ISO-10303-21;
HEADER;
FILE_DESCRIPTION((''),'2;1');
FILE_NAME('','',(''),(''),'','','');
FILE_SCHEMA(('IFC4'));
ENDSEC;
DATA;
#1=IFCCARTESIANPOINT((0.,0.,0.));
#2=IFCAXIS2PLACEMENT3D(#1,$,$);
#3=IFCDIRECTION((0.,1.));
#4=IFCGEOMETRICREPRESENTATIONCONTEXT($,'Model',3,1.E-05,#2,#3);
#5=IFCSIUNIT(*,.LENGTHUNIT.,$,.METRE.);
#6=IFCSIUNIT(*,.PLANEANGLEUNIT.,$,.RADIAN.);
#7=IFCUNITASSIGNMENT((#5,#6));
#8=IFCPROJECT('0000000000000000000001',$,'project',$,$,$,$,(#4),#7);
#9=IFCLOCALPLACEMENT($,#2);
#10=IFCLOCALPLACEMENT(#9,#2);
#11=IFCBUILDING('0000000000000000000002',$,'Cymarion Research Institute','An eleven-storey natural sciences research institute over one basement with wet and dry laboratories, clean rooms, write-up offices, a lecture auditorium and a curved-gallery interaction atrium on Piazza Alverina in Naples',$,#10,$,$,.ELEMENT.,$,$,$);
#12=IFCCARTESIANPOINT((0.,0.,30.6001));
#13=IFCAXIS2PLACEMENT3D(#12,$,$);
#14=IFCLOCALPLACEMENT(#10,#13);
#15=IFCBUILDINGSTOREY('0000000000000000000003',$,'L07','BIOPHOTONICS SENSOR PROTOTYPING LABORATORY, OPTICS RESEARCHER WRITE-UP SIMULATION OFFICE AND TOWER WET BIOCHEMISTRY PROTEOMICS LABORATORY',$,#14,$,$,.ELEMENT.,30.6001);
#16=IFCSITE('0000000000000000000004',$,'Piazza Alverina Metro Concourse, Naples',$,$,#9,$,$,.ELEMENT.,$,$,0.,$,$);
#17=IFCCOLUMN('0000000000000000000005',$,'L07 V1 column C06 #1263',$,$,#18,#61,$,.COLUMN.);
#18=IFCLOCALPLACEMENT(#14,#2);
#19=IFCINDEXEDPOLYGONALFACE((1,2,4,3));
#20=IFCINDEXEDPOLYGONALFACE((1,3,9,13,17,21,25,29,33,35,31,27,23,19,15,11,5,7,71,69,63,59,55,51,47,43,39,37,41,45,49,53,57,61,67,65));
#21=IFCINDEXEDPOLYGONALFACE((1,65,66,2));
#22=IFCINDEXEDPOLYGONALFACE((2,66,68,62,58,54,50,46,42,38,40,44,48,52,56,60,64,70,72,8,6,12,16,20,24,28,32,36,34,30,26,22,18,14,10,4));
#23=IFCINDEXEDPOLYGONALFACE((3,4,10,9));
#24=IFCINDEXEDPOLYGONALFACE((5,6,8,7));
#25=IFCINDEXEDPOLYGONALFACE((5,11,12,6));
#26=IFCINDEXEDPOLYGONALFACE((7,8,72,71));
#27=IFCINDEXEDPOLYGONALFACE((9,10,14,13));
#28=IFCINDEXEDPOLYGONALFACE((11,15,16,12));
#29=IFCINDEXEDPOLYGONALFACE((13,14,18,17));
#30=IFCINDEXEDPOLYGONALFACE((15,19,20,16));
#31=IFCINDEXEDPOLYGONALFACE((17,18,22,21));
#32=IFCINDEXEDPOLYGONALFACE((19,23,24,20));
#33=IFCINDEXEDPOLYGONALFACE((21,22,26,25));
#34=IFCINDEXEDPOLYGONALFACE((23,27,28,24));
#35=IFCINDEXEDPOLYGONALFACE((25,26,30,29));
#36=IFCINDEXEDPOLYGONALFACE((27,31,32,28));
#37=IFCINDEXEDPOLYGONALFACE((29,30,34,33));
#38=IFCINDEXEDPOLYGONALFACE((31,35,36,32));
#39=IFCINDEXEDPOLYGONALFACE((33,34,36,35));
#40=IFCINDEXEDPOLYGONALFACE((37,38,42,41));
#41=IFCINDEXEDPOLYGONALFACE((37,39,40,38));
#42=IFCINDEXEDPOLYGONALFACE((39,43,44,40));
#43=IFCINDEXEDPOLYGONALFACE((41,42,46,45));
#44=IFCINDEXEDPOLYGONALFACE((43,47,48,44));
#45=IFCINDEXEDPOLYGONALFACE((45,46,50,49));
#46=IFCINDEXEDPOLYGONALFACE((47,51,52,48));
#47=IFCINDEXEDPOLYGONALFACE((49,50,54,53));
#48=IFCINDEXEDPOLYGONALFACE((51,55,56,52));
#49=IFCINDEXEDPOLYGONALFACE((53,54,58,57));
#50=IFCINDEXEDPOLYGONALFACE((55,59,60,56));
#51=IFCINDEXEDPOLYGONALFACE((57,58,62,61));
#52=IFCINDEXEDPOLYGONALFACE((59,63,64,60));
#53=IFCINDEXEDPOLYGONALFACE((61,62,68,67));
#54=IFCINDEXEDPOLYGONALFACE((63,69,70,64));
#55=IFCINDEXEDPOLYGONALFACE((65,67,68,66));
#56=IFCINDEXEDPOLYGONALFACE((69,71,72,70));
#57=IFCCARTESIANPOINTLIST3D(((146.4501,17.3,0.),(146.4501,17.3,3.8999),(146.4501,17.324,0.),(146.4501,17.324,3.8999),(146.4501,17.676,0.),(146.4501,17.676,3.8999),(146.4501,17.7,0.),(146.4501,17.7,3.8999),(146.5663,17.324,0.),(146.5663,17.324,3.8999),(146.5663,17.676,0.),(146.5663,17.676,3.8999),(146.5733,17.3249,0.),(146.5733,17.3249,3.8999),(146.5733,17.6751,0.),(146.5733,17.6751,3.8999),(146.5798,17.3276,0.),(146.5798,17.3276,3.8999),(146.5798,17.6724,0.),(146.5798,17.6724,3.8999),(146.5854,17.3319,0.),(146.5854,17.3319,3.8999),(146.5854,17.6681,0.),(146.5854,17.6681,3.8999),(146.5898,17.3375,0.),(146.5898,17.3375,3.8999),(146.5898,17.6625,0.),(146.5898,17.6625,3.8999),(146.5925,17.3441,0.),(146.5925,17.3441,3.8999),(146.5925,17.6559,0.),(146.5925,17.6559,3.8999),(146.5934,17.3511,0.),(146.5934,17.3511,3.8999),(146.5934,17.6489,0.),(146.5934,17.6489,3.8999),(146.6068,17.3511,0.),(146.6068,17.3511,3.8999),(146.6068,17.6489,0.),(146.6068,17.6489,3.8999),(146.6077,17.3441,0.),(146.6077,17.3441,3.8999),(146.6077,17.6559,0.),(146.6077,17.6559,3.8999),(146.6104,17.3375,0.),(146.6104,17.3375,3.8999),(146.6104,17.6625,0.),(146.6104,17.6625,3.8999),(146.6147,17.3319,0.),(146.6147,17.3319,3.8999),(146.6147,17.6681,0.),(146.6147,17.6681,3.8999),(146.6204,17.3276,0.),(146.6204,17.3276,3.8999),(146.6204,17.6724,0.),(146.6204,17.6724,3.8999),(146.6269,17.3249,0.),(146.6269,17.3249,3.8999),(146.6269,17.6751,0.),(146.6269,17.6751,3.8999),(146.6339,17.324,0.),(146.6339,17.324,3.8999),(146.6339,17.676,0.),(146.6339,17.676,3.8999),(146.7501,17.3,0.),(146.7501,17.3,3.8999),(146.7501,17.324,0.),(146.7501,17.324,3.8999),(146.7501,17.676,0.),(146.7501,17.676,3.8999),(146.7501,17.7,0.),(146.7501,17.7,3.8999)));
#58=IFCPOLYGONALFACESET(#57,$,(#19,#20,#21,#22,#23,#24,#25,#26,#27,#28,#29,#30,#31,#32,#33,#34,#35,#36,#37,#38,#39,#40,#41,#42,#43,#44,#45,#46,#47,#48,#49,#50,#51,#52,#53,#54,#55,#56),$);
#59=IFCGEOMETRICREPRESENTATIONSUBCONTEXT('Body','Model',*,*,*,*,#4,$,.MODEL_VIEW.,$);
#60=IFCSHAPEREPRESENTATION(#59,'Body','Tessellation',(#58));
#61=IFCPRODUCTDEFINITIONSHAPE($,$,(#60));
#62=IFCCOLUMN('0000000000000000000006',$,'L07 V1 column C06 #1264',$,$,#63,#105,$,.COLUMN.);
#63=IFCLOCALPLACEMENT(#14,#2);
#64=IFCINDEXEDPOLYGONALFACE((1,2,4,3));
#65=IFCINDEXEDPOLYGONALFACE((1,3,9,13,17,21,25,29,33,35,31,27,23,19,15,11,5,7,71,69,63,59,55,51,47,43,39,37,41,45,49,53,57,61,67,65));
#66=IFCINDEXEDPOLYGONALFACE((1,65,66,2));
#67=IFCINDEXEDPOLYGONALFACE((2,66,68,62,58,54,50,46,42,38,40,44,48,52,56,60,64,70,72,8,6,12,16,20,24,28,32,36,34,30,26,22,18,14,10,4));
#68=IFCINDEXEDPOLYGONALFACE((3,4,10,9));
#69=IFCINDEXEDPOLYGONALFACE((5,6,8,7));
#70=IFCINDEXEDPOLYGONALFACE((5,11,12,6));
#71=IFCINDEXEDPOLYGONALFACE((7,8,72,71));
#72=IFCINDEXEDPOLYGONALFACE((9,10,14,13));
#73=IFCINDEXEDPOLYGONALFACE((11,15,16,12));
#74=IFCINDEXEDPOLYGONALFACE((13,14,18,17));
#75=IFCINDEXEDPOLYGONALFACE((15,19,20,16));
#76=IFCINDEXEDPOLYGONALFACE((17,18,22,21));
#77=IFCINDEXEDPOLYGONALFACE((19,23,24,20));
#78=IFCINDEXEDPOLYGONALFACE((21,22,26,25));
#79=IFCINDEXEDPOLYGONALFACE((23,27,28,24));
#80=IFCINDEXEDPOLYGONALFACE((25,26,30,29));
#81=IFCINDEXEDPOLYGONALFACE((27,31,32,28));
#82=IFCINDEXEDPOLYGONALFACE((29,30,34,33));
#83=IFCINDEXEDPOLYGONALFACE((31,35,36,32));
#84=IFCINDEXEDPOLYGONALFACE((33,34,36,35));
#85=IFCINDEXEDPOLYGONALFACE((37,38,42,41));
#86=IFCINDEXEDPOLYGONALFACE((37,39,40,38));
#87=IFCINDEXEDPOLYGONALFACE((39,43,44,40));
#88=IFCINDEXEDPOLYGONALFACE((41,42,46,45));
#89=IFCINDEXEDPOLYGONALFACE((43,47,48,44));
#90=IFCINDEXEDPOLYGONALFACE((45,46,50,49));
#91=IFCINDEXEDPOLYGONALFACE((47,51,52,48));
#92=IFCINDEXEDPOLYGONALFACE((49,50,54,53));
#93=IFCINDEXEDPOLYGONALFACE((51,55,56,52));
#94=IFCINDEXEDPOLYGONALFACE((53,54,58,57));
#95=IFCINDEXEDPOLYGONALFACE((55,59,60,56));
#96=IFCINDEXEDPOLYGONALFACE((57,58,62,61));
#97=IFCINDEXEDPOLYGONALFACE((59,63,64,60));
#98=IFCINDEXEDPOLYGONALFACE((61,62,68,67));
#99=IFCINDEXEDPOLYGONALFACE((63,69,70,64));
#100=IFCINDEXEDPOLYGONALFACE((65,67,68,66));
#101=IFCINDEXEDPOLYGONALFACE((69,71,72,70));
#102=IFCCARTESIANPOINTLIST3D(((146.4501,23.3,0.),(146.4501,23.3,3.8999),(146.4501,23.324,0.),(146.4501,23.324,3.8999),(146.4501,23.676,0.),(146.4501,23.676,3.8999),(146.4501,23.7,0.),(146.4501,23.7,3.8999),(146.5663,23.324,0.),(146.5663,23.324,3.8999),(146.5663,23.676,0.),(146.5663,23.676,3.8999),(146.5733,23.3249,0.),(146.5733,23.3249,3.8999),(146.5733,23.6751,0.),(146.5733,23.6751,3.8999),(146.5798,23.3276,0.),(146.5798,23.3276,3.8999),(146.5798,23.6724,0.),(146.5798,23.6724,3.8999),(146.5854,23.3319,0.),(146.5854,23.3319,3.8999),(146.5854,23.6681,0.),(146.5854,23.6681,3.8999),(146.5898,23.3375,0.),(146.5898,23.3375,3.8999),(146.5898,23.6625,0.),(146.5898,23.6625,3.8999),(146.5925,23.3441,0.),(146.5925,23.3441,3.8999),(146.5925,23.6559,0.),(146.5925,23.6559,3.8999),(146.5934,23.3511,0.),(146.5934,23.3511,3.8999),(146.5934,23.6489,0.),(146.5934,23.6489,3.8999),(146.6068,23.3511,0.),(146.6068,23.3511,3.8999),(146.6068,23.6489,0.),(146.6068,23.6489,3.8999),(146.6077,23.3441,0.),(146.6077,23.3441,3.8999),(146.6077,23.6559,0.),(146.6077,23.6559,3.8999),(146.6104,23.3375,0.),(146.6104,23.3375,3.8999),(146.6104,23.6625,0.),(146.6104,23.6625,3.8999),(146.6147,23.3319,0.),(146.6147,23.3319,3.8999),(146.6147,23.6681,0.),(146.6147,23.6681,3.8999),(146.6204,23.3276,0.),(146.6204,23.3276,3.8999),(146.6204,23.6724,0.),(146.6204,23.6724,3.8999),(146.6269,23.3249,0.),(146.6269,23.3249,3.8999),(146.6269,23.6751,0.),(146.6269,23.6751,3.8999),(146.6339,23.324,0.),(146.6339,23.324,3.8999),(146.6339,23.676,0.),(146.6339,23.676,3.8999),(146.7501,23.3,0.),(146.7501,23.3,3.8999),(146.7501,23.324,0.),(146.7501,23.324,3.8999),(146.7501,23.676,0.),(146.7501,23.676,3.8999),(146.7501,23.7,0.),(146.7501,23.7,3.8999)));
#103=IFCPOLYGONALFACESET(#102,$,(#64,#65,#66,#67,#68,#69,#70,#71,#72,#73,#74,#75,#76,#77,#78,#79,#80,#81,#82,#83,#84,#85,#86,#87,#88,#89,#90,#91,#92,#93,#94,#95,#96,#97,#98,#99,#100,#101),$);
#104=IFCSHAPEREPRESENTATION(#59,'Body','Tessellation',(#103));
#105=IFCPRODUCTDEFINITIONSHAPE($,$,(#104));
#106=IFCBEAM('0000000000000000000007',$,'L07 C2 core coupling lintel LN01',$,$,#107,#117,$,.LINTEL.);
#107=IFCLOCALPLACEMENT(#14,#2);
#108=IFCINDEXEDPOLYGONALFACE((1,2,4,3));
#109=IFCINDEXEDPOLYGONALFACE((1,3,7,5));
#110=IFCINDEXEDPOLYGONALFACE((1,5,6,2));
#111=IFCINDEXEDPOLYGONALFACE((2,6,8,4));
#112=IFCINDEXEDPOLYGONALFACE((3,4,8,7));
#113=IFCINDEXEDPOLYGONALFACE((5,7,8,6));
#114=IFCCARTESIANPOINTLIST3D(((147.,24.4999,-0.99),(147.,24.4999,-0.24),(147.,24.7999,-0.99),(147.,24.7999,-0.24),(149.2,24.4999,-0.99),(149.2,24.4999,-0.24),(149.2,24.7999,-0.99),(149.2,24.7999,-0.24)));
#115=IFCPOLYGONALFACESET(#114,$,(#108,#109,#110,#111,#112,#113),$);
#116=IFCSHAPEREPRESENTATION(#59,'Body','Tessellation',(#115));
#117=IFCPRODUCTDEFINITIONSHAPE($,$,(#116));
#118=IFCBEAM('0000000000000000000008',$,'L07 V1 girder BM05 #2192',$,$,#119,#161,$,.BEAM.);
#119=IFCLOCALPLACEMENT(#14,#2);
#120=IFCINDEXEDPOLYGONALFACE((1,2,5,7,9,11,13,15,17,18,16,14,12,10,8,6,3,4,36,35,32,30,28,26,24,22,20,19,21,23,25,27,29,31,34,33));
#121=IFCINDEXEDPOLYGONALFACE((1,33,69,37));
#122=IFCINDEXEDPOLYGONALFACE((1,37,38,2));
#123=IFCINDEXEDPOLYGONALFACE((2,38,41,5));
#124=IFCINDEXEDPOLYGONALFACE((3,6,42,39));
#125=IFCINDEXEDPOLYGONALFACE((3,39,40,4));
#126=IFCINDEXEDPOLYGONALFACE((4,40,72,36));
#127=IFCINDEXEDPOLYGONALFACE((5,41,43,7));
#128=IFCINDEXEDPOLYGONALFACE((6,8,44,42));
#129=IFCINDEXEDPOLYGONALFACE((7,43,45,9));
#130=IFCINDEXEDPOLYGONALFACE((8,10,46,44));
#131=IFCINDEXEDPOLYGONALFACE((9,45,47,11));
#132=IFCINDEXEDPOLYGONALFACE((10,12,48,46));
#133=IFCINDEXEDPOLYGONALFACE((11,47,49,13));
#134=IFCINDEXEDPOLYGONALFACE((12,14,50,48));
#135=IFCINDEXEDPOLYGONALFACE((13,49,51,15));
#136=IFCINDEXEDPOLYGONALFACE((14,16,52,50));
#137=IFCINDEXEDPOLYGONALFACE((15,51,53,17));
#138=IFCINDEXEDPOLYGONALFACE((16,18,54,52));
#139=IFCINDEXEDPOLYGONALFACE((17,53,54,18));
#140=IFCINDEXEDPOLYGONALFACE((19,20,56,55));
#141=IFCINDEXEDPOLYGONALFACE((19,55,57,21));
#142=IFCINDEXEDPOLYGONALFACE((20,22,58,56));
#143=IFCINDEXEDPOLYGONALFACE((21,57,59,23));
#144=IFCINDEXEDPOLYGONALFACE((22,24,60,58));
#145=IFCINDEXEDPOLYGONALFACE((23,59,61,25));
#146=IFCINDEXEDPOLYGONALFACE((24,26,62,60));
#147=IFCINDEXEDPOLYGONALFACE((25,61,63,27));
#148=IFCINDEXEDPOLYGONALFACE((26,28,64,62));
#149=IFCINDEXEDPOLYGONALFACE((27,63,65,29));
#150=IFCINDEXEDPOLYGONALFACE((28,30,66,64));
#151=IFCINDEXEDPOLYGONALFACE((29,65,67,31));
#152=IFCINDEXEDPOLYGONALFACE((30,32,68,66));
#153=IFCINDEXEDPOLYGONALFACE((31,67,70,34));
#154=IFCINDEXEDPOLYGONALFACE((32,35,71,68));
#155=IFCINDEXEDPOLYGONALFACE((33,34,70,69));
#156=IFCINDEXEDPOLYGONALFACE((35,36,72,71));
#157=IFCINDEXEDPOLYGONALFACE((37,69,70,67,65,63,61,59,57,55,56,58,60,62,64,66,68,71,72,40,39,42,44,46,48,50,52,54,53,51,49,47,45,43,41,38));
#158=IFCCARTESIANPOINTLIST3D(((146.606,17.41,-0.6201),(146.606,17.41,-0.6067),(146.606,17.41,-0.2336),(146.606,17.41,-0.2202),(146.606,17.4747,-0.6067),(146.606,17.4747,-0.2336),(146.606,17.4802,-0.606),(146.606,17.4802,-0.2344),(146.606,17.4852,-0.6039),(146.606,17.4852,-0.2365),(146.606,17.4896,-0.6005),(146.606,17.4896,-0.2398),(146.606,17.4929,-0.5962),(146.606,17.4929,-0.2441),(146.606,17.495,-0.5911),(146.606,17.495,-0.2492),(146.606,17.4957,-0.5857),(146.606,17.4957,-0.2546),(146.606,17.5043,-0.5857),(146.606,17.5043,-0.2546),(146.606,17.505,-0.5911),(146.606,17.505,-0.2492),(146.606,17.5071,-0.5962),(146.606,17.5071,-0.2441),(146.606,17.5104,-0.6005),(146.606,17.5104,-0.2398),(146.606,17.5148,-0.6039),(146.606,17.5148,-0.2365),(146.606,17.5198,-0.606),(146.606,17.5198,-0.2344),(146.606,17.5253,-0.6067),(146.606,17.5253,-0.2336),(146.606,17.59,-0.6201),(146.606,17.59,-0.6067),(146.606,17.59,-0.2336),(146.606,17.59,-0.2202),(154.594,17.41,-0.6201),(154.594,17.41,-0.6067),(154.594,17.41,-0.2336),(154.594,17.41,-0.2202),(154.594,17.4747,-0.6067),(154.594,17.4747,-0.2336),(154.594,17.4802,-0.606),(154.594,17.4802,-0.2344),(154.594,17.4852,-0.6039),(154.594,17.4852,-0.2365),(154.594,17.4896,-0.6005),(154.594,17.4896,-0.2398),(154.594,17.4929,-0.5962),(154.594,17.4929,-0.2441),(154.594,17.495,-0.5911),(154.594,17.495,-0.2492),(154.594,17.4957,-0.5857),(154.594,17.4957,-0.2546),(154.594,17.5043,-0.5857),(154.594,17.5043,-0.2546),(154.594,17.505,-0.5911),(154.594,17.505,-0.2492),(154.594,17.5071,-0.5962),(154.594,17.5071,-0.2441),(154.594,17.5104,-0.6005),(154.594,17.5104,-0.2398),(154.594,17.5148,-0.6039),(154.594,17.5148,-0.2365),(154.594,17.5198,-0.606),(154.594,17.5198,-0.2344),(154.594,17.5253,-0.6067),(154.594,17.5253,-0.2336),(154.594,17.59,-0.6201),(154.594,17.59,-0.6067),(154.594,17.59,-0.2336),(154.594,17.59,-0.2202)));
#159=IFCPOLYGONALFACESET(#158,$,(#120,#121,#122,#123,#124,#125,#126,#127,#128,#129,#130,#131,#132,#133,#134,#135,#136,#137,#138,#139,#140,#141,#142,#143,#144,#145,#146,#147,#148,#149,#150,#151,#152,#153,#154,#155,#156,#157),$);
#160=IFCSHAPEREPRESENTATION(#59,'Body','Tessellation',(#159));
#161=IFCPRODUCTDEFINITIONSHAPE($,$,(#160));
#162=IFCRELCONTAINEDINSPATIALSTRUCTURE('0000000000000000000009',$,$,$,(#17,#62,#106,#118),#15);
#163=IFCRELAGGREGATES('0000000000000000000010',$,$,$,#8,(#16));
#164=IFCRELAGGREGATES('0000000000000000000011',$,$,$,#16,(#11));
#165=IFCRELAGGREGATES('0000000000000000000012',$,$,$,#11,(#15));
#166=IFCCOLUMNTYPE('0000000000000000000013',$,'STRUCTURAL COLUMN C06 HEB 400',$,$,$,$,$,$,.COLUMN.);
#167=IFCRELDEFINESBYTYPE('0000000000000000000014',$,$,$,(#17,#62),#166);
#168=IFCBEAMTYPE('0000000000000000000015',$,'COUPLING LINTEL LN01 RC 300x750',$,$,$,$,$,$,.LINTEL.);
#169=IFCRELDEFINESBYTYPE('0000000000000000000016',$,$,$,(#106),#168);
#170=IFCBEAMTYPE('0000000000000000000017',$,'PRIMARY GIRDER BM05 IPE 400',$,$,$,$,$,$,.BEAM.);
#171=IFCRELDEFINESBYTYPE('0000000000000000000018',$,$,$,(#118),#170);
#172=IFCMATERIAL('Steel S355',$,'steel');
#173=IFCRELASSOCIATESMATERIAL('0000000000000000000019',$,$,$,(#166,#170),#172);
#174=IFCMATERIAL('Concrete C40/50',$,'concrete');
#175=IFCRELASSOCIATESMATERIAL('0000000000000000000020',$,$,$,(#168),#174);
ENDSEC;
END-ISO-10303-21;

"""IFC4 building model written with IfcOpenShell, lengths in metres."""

from ifc_helpers import new_model, si_unit, direction, frame, origin, origin_2d, place, context, subcontext, project, spatial, rectangle, i_section, extrude, material, material_profile, profile_set, type_object, element, save


model = new_model("IFC4")

# Units and contexts
model_context = context("Model", 3, precision=1e-05, world=origin(), true_north=direction((0.0, 1.0)))
body_context = subcontext(model_context, "Body", "Model", "MODEL_VIEW")
ifc_project = project(units=[si_unit("LENGTHUNIT", "METRE"), si_unit("PLANEANGLEUNIT", "RADIAN")], contexts=[model_context])

# Site, building, storey
site_placement = place(None, origin())
site = spatial("IfcSite", under=ifc_project, at=site_placement, Name="Piazza Alverina Metro Concourse, Naples", CompositionType="ELEMENT", RefElevation=0.0)
building_placement = place(site_placement, origin())
building = spatial("IfcBuilding", under=site, at=building_placement, Name="Cymarion Research Institute", Description="An eleven-storey natural sciences research institute over one basement with wet and dry laboratories, clean rooms, write-up offices, a lecture auditorium and a curved-gallery interaction atrium on Piazza Alverina in Naples", CompositionType="ELEMENT")
storey_placement = place(building_placement, frame((0.0, 0.0, 30.6001)))
storey = spatial("IfcBuildingStorey", under=building, at=storey_placement, Name="L07", Description="BIOPHOTONICS SENSOR PROTOTYPING LABORATORY, OPTICS RESEARCHER WRITE-UP SIMULATION OFFICE AND TOWER WET BIOCHEMISTRY PROTEOMICS LABORATORY", CompositionType="ELEMENT", Elevation=30.6001)

# Columns
ifc_material_1 = material(Name="Steel S355", Category="steel")
ifc_material_profile_1 = material_profile(ifc_material_1, i_section(OverallWidth=0.3, OverallDepth=0.3999, WebThickness=0.0134, FlangeThickness=0.0239, FilletRadius=0.0271, at=origin_2d()), Name="HEB 400")
ifc_profile_set_1 = profile_set([ifc_material_profile_1], Name="Steel S355")
column_type = type_object("IfcColumnType", Name="STRUCTURAL COLUMN C06 HEB 400", PredefinedType="COLUMN", material=ifc_profile_set_1)
for number, where, z_axis, x_axis, name in (
    (1, (146.6001, 17.5, 0.0), (0.0, 0.0, 1.0), (1.0, 0.0, 0.0), "L07 V1 column C06 #1263"),
    (2, (146.6001, 23.5, 0.0), (0.0, 0.0, 1.0), (1.0, 0.0, 0.0), "L07 V1 column C06 #1264"),
):
    element("IfcColumn", number, at=place(storey_placement, frame(where, z_axis=z_axis, x_axis=x_axis)), inside=storey, type_object=column_type, Name=name, PredefinedType="COLUMN", context=body_context, shape_type="SweptSolid", body=[
        extrude(i_section(OverallWidth=0.3, OverallDepth=0.3999, WebThickness=0.0134, FlangeThickness=0.0239, FilletRadius=0.0271, at=origin_2d()), origin(), (0.0, 0.0, 1.0), 3.8999),
    ])

# Beams
ifc_material_2 = material(Name="Concrete C40/50", Category="concrete")
ifc_material_profile_2 = material_profile(ifc_material_2, rectangle(XDim=0.3, YDim=0.75, at=origin_2d()), Name="RC 300x750")
ifc_profile_set_2 = profile_set([ifc_material_profile_2], Name="Concrete C40/50")
beam_type_1 = type_object("IfcBeamType", Name="COUPLING LINTEL LN01 RC 300x750", PredefinedType="LINTEL", material=ifc_profile_set_2)
beam_placement = place(storey_placement, frame((147.0, 24.6499, -0.615), z_axis=(1.0, 0.0, 0.0), x_axis=(0.0, 1.0, 0.0)))
element("IfcBeam", 3, at=beam_placement, inside=storey, type_object=beam_type_1, Name="L07 C2 core coupling lintel LN01", PredefinedType="LINTEL", context=body_context, shape_type="SweptSolid", body=[
    extrude(rectangle(XDim=0.3, YDim=0.75, at=origin_2d()), origin(), (0.0, 0.0, 1.0), 2.2),
])
ifc_material_profile_3 = material_profile(ifc_material_1, i_section(OverallWidth=0.1799, OverallDepth=0.3999, WebThickness=0.0085, FlangeThickness=0.0134, FilletRadius=0.021, at=origin_2d()), Name="IPE 400")
ifc_profile_set_3 = profile_set([ifc_material_profile_3], Name="Steel S355")
beam_type_2 = type_object("IfcBeamType", Name="PRIMARY GIRDER BM05 IPE 400", PredefinedType="BEAM", material=ifc_profile_set_3)
for number, where, z_axis, x_axis, name in (
    (4, (146.606, 17.5, -0.4202), (1.0, 0.0, 0.0), (0.0, 1.0, 0.0), "L07 V1 girder BM05 #2192"),
):
    element("IfcBeam", number, at=place(storey_placement, frame(where, z_axis=z_axis, x_axis=x_axis)), inside=storey, type_object=beam_type_2, Name=name, PredefinedType="BEAM", context=body_context, shape_type="SweptSolid", body=[
        extrude(i_section(OverallWidth=0.1799, OverallDepth=0.3999, WebThickness=0.0085, FlangeThickness=0.0134, FilletRadius=0.021, at=origin_2d()), origin(), (0.0, 0.0, 1.0), 7.988),
    ])

save(model, "model.ifc")
